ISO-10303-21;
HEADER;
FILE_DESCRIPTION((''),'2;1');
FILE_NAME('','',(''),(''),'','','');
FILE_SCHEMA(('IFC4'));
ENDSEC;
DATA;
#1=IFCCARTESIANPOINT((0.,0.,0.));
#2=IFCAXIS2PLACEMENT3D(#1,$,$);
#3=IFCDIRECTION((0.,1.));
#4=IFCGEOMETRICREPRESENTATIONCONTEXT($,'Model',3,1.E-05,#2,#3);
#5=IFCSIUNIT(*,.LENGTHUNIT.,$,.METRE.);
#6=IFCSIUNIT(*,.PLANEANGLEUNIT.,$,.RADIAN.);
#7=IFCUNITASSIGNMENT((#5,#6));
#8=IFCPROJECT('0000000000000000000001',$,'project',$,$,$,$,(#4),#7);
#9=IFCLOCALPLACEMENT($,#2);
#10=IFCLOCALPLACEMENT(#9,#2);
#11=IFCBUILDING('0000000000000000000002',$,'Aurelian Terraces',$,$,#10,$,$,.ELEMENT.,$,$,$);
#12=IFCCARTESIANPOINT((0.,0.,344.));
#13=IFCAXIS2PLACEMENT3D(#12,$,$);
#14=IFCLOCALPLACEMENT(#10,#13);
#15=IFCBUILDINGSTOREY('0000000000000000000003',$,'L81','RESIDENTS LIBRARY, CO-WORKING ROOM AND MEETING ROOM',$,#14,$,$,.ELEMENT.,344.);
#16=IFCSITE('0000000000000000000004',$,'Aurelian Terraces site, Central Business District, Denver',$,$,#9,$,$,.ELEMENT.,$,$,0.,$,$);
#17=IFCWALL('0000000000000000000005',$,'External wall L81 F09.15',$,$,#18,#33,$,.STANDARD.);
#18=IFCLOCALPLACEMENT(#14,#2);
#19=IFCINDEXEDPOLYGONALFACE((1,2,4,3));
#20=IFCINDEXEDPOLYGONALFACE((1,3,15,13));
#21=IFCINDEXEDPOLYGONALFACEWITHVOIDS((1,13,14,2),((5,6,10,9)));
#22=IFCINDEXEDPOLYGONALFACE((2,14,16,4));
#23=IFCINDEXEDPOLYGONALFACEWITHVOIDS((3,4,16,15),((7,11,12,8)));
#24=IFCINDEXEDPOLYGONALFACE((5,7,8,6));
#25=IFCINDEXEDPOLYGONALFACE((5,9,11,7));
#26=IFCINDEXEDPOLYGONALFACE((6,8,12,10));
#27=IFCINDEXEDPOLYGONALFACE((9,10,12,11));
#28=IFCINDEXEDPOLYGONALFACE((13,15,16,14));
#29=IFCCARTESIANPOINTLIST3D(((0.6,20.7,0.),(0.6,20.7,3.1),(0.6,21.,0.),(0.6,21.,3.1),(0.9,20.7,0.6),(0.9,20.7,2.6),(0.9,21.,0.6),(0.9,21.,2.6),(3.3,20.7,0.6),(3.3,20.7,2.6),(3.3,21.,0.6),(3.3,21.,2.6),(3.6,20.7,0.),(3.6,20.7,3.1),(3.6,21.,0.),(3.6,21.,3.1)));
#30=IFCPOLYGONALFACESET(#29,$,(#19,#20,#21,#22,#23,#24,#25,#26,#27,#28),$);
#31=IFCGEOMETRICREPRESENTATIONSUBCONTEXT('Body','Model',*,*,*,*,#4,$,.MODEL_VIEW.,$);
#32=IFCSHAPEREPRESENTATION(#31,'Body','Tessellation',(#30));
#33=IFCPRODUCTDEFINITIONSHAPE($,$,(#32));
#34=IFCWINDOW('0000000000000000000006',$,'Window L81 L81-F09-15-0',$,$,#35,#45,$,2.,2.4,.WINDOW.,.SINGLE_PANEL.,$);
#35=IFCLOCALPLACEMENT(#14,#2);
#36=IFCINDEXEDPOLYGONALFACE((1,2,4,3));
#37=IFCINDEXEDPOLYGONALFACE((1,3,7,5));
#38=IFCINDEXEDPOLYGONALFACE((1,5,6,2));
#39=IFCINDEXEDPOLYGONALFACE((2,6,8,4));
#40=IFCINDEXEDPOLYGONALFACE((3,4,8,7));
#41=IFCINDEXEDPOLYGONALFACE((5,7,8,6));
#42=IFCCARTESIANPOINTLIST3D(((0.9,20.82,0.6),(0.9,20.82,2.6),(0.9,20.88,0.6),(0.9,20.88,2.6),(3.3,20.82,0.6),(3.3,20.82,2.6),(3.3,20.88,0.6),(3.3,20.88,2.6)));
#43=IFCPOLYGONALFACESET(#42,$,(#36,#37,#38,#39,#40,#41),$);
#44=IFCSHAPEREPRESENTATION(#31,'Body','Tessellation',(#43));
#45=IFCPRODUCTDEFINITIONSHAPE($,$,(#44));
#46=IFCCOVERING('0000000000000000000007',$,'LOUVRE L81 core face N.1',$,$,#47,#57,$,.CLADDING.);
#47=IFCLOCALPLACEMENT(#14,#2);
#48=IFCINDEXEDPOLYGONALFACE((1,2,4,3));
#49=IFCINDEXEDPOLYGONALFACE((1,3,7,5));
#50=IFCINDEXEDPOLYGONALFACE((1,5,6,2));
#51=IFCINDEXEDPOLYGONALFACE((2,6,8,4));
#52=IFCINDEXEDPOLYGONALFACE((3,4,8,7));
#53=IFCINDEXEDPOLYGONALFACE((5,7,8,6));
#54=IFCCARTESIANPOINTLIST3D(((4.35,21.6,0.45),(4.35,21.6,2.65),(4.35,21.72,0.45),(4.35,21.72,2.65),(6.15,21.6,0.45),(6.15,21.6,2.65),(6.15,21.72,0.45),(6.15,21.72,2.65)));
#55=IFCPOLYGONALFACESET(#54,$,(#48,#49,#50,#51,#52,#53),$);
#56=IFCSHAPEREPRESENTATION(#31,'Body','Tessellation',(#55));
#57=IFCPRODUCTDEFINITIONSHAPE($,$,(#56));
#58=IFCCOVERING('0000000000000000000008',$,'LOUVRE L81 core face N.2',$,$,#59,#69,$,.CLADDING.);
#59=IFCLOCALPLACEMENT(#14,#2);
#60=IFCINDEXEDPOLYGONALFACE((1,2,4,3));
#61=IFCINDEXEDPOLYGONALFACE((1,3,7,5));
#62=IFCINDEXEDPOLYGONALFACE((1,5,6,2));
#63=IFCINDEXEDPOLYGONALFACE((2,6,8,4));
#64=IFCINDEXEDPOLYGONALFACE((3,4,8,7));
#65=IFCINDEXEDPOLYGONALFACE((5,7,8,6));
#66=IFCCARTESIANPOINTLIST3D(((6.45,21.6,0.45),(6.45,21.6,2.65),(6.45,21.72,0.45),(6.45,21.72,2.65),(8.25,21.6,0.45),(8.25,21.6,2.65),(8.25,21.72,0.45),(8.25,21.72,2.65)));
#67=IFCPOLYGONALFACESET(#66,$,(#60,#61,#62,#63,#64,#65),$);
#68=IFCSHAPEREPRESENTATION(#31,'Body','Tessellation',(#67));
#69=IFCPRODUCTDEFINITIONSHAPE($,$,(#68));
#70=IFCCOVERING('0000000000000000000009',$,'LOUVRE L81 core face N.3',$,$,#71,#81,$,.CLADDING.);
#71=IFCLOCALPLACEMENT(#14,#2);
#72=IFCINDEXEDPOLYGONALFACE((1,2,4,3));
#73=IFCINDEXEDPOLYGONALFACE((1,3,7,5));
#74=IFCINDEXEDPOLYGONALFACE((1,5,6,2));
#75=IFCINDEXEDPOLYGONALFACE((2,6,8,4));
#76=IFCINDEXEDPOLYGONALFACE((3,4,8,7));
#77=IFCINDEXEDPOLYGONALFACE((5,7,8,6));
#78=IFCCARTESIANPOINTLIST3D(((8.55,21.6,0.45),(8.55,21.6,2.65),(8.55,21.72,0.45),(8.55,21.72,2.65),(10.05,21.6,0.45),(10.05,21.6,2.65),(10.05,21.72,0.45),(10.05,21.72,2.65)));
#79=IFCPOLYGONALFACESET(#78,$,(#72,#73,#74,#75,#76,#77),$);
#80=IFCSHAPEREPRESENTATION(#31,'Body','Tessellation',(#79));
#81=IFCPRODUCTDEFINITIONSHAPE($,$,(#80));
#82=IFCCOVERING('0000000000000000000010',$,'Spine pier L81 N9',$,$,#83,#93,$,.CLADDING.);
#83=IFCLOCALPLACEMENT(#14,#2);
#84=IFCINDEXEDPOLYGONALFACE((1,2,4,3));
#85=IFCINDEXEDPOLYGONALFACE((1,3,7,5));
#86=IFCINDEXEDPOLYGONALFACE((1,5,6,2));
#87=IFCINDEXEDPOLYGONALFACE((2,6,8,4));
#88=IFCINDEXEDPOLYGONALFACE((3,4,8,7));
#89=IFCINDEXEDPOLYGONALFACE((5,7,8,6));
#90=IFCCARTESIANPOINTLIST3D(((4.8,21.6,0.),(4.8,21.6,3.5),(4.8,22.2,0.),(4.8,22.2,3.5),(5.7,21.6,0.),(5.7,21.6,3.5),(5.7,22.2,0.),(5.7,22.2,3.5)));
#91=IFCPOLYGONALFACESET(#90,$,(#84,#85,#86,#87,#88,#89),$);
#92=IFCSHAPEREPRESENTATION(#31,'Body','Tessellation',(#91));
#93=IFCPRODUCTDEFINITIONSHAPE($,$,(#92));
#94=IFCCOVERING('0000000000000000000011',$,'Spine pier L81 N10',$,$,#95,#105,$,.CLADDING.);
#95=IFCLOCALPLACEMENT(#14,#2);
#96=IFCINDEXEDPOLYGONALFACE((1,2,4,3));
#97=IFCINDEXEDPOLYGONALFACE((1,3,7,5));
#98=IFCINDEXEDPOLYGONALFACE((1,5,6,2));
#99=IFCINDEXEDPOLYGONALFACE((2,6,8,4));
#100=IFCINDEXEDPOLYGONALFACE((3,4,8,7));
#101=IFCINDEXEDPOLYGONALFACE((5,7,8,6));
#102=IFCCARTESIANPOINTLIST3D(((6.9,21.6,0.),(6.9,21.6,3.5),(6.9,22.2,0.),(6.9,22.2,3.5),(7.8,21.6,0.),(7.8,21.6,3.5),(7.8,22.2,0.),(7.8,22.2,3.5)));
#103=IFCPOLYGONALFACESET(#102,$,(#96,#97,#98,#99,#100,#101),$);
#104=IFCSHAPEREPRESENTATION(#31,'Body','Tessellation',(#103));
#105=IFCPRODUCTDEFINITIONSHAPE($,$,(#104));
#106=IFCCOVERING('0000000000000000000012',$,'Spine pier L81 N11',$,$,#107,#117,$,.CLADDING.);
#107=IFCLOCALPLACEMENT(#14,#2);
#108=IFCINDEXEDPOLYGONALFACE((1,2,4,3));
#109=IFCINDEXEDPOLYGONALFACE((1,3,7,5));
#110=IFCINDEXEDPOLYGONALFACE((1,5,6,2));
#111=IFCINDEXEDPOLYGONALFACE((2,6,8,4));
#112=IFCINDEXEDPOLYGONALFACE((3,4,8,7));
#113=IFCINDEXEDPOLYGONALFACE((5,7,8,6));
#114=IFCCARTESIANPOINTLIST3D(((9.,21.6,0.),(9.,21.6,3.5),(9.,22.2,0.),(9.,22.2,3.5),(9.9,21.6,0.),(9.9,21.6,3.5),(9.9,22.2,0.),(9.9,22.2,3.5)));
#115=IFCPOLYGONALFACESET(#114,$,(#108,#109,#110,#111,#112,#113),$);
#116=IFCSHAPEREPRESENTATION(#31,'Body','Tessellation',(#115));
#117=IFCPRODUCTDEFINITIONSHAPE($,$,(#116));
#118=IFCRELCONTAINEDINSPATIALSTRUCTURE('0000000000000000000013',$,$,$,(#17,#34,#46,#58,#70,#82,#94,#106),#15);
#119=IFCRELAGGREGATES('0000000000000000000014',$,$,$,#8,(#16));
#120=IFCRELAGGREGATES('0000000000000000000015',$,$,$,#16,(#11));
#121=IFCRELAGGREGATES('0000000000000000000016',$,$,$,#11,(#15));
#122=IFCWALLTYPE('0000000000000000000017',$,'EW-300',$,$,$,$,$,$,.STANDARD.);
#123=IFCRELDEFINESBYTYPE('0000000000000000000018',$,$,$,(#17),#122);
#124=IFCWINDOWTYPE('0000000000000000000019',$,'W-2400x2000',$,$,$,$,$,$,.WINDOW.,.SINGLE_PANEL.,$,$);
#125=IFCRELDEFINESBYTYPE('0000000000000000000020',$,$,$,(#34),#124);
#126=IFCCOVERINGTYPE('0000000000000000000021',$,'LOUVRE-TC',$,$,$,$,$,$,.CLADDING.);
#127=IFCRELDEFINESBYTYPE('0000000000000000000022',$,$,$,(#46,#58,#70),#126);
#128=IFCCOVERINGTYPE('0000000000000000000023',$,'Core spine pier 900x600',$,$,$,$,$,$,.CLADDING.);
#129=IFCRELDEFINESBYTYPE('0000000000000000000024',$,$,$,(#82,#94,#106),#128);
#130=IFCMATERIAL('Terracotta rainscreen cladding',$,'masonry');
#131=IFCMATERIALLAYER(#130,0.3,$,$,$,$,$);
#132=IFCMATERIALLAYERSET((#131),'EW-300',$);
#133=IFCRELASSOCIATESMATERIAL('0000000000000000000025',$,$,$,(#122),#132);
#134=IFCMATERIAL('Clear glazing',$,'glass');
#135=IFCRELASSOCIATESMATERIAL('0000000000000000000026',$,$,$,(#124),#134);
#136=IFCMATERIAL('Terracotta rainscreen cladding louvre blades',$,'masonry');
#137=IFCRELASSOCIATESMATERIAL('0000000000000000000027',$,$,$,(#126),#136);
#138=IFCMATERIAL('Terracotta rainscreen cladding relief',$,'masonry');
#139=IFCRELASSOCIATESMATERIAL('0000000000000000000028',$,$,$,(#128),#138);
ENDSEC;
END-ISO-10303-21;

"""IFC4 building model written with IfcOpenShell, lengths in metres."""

from ifc_helpers import new_model, si_unit, direction, frame, frame_2d, origin, origin_2d, place, context, subcontext, project, spatial, rectangle, extrude, source, transform, mapped, material, layer, layer_set, type_object, element, fill, save


model = new_model("IFC4")

# Units and contexts
model_context = context("Model", 3, precision=1e-05, world=origin(), true_north=direction((0.0, 1.0)))
body_context = subcontext(model_context, "Body", "Model", "MODEL_VIEW")
ifc_project = project(units=[si_unit("LENGTHUNIT", "METRE"), si_unit("PLANEANGLEUNIT", "RADIAN")], contexts=[model_context])

# Site, building, storey
site_placement = place(None, origin())
site = spatial("IfcSite", under=ifc_project, at=site_placement, Name="Aurelian Terraces site, Central Business District, Denver", CompositionType="ELEMENT", RefElevation=0.0)
building_placement = place(site_placement, origin())
building = spatial("IfcBuilding", under=site, at=building_placement, Name="Aurelian Terraces", CompositionType="ELEMENT")
storey_placement = place(building_placement, frame((0.0, 0.0, 344.0)))
storey = spatial("IfcBuildingStorey", under=building, at=storey_placement, Name="L81", Description="RESIDENTS LIBRARY, CO-WORKING ROOM AND MEETING ROOM", CompositionType="ELEMENT", Elevation=344.0)

# Shared definitions
ifc_material_1 = material(Name="Terracotta rainscreen cladding", Category="masonry")
ifc_layer_1 = layer(ifc_material_1, 0.3)
ifc_layer_set_1 = layer_set([ifc_layer_1], Name="EW-300")
wall_type_1 = type_object("IfcWallType", Name="EW-300", PredefinedType="STANDARD", material=ifc_layer_set_1)
shared_shape_1 = source(origin(), body_context, "Body", "SweptSolid", [
    extrude(rectangle(XDim=2.4, YDim=2.0, at=frame_2d((1.2, 1.0))), frame((0.0, 0.16, 0.0), z_axis=(0.0, -1.0, 0.0), x_axis=(1.0, 0.0, 0.0)), (0.0, 0.0, 1.0), 0.32),
])
ifc_material_2 = material(Name="Clear glazing", Category="glass")
window_type_1 = type_object("IfcWindowType", Name="W-2400x2000", PartitioningType="SINGLE_PANEL", PredefinedType="WINDOW", material=ifc_material_2)
shared_shape_2 = source(origin(), body_context, "Body", "SweptSolid", [
    extrude(rectangle(XDim=2.4, YDim=2.0, at=frame_2d((1.2, 1.0))), frame((0.0, 0.03, 0.0), z_axis=(0.0, -1.0, 0.0), x_axis=(1.0, 0.0, 0.0)), (0.0, 0.0, 1.0), 0.06),
])

# Wall, opening, window
shared_shape_3 = source(origin(), body_context, "Body", "SweptSolid", [
    extrude(rectangle(XDim=3.0, YDim=0.3, at=frame_2d((1.5, 0.0))), origin(), (0.0, 0.0, 1.0), 3.1),
])
wall_1_placement = place(storey_placement, frame((3.6, 20.85, 0.0), z_axis=(0.0, 0.0, 1.0), x_axis=(-1.0, 0.0, 0.0)))
wall_1 = element("IfcWall", 1, at=wall_1_placement, inside=storey, type_object=wall_type_1, Name="External wall L81 F09.15", PredefinedType="STANDARD", context=body_context, shape_type="MappedRepresentation", body=[
    mapped(shared_shape_3, transform((0.0, 0.0, 0.0), scale=1.0)),
])
opening_1_placement = place(wall_1_placement, frame((0.3, 0.0, 0.6)))
opening_1 = element("IfcOpeningElement", 2, at=opening_1_placement, cuts=wall_1, PredefinedType="OPENING", context=body_context, shape_type="MappedRepresentation", body=[
    mapped(shared_shape_1, transform((0.0, 0.0, 0.0), scale=1.0)),
])
window_1_placement = place(opening_1_placement, origin())
window_1 = element("IfcWindow", 3, at=window_1_placement, inside=storey, type_object=window_type_1, Name="Window L81 L81-F09-15-0", OverallHeight=2.0, OverallWidth=2.4, PartitioningType="SINGLE_PANEL", PredefinedType="WINDOW", context=body_context, shape_type="MappedRepresentation", body=[
    mapped(shared_shape_2, transform((0.0, 0.0, 0.0), scale=1.0)),
])
fill(opening_1, window_1)

# Coverings
ifc_material_3 = material(Name="Terracotta rainscreen cladding louvre blades", Category="masonry")
covering_type_1 = type_object("IfcCoveringType", Name="LOUVRE-TC", PredefinedType="CLADDING", material=ifc_material_3)
shared_shape_4 = source(origin(), body_context, "Body", "SweptSolid", [
    extrude(rectangle(XDim=1.8, YDim=0.12, at=origin_2d()), origin(), (0.0, 0.0, 1.0), 2.2),
])
for number, where, z_axis, x_axis, name in (
    (4, (5.25, 21.66, 0.45), (0.0, 0.0, 1.0), (1.0, 0.0, 0.0), "LOUVRE L81 core face N.1"),
    (5, (7.35, 21.66, 0.45), (0.0, 0.0, 1.0), (1.0, 0.0, 0.0), "LOUVRE L81 core face N.2"),
):
    element("IfcCovering", number, at=place(storey_placement, frame(where, z_axis=z_axis, x_axis=x_axis)), inside=storey, type_object=covering_type_1, Name=name, PredefinedType="CLADDING", context=body_context, shape_type="MappedRepresentation", body=[
        mapped(shared_shape_4, transform((0.0, 0.0, 0.0), scale=1.0)),
    ])
shared_shape_5 = source(origin(), body_context, "Body", "SweptSolid", [
    extrude(rectangle(XDim=1.5, YDim=0.12, at=origin_2d()), origin(), (0.0, 0.0, 1.0), 2.2),
])
covering_placement = place(storey_placement, frame((9.3, 21.66, 0.45), z_axis=(0.0, 0.0, 1.0), x_axis=(1.0, 0.0, 0.0)))
element("IfcCovering", 6, at=covering_placement, inside=storey, type_object=covering_type_1, Name="LOUVRE L81 core face N.3", PredefinedType="CLADDING", context=body_context, shape_type="MappedRepresentation", body=[
    mapped(shared_shape_5, transform((0.0, 0.0, 0.0), scale=1.0)),
])
ifc_material_4 = material(Name="Terracotta rainscreen cladding relief", Category="masonry")
covering_type_2 = type_object("IfcCoveringType", Name="Core spine pier 900x600", PredefinedType="CLADDING", material=ifc_material_4)
shared_shape_6 = source(origin(), body_context, "Body", "SweptSolid", [
    extrude(rectangle(XDim=0.9, YDim=0.6, at=origin_2d()), origin(), (0.0, 0.0, 1.0), 3.5),
])
for number, where, z_axis, x_axis, name in (
    (7, (5.25, 21.9, 0.0), (0.0, 0.0, 1.0), (1.0, 0.0, 0.0), "Spine pier L81 N9"),
    (8, (7.35, 21.9, 0.0), (0.0, 0.0, 1.0), (1.0, 0.0, 0.0), "Spine pier L81 N10"),
    (9, (9.45, 21.9, 0.0), (0.0, 0.0, 1.0), (1.0, 0.0, 0.0), "Spine pier L81 N11"),
):
    element("IfcCovering", number, at=place(storey_placement, frame(where, z_axis=z_axis, x_axis=x_axis)), inside=storey, type_object=covering_type_2, Name=name, PredefinedType="CLADDING", context=body_context, shape_type="MappedRepresentation", body=[
        mapped(shared_shape_6, transform((0.0, 0.0, 0.0), scale=1.0)),
    ])

save(model, "model.ifc")
